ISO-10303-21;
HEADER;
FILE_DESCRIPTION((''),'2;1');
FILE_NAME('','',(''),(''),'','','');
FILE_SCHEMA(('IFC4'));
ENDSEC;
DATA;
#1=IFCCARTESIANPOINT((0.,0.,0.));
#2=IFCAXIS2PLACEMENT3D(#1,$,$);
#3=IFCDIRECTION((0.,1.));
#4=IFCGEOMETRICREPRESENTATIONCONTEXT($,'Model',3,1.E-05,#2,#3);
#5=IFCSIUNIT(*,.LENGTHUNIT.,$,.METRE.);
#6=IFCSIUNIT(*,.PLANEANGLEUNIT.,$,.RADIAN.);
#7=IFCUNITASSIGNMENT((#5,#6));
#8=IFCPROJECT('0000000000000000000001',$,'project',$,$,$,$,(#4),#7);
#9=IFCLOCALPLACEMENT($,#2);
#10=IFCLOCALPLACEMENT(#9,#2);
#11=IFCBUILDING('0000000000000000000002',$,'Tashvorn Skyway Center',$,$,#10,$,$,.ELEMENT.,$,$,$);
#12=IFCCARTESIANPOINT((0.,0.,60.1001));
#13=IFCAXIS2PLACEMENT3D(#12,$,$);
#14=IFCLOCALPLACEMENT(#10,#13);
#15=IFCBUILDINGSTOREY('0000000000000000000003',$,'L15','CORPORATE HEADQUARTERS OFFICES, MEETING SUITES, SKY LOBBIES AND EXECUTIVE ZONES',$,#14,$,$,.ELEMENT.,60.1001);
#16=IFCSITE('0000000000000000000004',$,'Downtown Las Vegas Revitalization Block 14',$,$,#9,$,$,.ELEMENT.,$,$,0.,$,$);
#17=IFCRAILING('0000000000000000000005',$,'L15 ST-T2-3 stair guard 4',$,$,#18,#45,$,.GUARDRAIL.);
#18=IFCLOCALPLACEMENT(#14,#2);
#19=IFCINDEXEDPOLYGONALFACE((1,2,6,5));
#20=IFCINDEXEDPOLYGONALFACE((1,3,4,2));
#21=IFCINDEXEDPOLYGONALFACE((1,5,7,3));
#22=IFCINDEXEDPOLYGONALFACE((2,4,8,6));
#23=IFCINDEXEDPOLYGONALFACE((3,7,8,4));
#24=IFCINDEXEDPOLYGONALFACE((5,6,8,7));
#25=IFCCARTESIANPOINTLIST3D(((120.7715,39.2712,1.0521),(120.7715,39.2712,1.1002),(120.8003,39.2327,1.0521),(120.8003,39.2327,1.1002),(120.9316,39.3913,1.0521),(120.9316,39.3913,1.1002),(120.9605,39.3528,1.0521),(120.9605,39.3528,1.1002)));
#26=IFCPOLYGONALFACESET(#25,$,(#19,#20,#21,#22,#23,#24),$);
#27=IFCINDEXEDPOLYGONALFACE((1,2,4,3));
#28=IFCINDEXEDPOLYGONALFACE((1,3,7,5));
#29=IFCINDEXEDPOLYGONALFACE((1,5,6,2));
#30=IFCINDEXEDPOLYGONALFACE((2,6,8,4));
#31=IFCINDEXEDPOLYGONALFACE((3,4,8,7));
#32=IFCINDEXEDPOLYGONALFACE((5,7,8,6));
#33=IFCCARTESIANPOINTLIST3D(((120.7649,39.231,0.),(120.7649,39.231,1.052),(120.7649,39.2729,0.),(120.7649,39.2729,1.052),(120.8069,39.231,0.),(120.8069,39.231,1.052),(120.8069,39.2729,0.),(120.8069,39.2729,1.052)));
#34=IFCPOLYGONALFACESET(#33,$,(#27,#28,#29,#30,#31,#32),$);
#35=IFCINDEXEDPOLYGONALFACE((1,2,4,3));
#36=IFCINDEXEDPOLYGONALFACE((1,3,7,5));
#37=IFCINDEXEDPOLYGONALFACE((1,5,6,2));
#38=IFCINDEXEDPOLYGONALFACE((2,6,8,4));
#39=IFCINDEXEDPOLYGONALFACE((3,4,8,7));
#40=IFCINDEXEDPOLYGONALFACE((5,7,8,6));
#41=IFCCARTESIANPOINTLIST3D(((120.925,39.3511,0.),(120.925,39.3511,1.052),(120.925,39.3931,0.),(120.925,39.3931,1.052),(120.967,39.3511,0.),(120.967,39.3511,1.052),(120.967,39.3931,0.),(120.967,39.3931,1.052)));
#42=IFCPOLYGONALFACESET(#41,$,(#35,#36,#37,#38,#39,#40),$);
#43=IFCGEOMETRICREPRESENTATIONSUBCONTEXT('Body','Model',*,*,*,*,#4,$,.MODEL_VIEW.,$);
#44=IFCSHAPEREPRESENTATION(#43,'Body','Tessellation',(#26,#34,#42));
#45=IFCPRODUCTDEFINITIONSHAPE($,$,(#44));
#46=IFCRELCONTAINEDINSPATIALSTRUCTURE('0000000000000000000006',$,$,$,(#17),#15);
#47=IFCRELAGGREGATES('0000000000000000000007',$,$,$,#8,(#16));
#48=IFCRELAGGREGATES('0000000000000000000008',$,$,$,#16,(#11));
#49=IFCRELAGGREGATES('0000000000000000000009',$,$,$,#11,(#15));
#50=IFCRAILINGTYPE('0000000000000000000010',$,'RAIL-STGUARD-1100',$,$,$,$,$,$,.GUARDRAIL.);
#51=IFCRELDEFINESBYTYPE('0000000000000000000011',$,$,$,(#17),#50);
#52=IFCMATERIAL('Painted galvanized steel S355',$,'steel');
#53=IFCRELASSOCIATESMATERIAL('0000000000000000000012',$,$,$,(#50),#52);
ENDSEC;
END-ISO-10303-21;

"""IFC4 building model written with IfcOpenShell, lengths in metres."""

from ifc_helpers import new_model, si_unit, direction, frame, origin, origin_2d, place, context, subcontext, project, spatial, rectangle, extrude, material, type_object, element, save


model = new_model("IFC4")

# Units and contexts
model_context = context("Model", 3, precision=1e-05, world=origin(), true_north=direction((0.0, 1.0)))
body_context = subcontext(model_context, "Body", "Model", "MODEL_VIEW")
ifc_project = project(units=[si_unit("LENGTHUNIT", "METRE"), si_unit("PLANEANGLEUNIT", "RADIAN")], contexts=[model_context])

# Site, building, storey
site_placement = place(None, origin())
site = spatial("IfcSite", under=ifc_project, at=site_placement, Name="Downtown Las Vegas Revitalization Block 14", CompositionType="ELEMENT", RefElevation=0.0)
building_placement = place(site_placement, origin())
building = spatial("IfcBuilding", under=site, at=building_placement, Name="Tashvorn Skyway Center", CompositionType="ELEMENT")
storey_placement = place(building_placement, frame((0.0, 0.0, 60.1001)))
storey = spatial("IfcBuildingStorey", under=building, at=storey_placement, Name="L15", Description="CORPORATE HEADQUARTERS OFFICES, MEETING SUITES, SKY LOBBIES AND EXECUTIVE ZONES", CompositionType="ELEMENT", Elevation=60.1001)

# Railing
ifc_material_1 = material(Name="Painted galvanized steel S355", Category="steel")
railing_type_1 = type_object("IfcRailingType", Name="RAIL-STGUARD-1100", PredefinedType="GUARDRAIL", material=ifc_material_1)
railing_1_placement = place(storey_placement, frame((120.7859, 39.252, 0.0)))
element("IfcRailing", 1, at=railing_1_placement, inside=storey, type_object=railing_type_1, Name="L15 ST-T2-3 stair guard 4", PredefinedType="GUARDRAIL", context=body_context, shape_type="SweptSolid", body=[
    extrude(rectangle(XDim=0.0481, YDim=0.0481, at=origin_2d()), frame((0.0, 0.0, 1.0762), z_axis=(0.8, 0.6, 0.0), x_axis=(-0.6, 0.8, 0.0)), (0.0, 0.0, 1.0), 0.2002),
    extrude(rectangle(XDim=0.042, YDim=0.042, at=origin_2d()), origin(), (0.0, 0.0, 1.0), 1.052),
    extrude(rectangle(XDim=0.042, YDim=0.042, at=origin_2d()), frame((0.1602, 0.1201, 0.0)), (0.0, 0.0, 1.0), 1.052),
])

save(model, "model.ifc")
